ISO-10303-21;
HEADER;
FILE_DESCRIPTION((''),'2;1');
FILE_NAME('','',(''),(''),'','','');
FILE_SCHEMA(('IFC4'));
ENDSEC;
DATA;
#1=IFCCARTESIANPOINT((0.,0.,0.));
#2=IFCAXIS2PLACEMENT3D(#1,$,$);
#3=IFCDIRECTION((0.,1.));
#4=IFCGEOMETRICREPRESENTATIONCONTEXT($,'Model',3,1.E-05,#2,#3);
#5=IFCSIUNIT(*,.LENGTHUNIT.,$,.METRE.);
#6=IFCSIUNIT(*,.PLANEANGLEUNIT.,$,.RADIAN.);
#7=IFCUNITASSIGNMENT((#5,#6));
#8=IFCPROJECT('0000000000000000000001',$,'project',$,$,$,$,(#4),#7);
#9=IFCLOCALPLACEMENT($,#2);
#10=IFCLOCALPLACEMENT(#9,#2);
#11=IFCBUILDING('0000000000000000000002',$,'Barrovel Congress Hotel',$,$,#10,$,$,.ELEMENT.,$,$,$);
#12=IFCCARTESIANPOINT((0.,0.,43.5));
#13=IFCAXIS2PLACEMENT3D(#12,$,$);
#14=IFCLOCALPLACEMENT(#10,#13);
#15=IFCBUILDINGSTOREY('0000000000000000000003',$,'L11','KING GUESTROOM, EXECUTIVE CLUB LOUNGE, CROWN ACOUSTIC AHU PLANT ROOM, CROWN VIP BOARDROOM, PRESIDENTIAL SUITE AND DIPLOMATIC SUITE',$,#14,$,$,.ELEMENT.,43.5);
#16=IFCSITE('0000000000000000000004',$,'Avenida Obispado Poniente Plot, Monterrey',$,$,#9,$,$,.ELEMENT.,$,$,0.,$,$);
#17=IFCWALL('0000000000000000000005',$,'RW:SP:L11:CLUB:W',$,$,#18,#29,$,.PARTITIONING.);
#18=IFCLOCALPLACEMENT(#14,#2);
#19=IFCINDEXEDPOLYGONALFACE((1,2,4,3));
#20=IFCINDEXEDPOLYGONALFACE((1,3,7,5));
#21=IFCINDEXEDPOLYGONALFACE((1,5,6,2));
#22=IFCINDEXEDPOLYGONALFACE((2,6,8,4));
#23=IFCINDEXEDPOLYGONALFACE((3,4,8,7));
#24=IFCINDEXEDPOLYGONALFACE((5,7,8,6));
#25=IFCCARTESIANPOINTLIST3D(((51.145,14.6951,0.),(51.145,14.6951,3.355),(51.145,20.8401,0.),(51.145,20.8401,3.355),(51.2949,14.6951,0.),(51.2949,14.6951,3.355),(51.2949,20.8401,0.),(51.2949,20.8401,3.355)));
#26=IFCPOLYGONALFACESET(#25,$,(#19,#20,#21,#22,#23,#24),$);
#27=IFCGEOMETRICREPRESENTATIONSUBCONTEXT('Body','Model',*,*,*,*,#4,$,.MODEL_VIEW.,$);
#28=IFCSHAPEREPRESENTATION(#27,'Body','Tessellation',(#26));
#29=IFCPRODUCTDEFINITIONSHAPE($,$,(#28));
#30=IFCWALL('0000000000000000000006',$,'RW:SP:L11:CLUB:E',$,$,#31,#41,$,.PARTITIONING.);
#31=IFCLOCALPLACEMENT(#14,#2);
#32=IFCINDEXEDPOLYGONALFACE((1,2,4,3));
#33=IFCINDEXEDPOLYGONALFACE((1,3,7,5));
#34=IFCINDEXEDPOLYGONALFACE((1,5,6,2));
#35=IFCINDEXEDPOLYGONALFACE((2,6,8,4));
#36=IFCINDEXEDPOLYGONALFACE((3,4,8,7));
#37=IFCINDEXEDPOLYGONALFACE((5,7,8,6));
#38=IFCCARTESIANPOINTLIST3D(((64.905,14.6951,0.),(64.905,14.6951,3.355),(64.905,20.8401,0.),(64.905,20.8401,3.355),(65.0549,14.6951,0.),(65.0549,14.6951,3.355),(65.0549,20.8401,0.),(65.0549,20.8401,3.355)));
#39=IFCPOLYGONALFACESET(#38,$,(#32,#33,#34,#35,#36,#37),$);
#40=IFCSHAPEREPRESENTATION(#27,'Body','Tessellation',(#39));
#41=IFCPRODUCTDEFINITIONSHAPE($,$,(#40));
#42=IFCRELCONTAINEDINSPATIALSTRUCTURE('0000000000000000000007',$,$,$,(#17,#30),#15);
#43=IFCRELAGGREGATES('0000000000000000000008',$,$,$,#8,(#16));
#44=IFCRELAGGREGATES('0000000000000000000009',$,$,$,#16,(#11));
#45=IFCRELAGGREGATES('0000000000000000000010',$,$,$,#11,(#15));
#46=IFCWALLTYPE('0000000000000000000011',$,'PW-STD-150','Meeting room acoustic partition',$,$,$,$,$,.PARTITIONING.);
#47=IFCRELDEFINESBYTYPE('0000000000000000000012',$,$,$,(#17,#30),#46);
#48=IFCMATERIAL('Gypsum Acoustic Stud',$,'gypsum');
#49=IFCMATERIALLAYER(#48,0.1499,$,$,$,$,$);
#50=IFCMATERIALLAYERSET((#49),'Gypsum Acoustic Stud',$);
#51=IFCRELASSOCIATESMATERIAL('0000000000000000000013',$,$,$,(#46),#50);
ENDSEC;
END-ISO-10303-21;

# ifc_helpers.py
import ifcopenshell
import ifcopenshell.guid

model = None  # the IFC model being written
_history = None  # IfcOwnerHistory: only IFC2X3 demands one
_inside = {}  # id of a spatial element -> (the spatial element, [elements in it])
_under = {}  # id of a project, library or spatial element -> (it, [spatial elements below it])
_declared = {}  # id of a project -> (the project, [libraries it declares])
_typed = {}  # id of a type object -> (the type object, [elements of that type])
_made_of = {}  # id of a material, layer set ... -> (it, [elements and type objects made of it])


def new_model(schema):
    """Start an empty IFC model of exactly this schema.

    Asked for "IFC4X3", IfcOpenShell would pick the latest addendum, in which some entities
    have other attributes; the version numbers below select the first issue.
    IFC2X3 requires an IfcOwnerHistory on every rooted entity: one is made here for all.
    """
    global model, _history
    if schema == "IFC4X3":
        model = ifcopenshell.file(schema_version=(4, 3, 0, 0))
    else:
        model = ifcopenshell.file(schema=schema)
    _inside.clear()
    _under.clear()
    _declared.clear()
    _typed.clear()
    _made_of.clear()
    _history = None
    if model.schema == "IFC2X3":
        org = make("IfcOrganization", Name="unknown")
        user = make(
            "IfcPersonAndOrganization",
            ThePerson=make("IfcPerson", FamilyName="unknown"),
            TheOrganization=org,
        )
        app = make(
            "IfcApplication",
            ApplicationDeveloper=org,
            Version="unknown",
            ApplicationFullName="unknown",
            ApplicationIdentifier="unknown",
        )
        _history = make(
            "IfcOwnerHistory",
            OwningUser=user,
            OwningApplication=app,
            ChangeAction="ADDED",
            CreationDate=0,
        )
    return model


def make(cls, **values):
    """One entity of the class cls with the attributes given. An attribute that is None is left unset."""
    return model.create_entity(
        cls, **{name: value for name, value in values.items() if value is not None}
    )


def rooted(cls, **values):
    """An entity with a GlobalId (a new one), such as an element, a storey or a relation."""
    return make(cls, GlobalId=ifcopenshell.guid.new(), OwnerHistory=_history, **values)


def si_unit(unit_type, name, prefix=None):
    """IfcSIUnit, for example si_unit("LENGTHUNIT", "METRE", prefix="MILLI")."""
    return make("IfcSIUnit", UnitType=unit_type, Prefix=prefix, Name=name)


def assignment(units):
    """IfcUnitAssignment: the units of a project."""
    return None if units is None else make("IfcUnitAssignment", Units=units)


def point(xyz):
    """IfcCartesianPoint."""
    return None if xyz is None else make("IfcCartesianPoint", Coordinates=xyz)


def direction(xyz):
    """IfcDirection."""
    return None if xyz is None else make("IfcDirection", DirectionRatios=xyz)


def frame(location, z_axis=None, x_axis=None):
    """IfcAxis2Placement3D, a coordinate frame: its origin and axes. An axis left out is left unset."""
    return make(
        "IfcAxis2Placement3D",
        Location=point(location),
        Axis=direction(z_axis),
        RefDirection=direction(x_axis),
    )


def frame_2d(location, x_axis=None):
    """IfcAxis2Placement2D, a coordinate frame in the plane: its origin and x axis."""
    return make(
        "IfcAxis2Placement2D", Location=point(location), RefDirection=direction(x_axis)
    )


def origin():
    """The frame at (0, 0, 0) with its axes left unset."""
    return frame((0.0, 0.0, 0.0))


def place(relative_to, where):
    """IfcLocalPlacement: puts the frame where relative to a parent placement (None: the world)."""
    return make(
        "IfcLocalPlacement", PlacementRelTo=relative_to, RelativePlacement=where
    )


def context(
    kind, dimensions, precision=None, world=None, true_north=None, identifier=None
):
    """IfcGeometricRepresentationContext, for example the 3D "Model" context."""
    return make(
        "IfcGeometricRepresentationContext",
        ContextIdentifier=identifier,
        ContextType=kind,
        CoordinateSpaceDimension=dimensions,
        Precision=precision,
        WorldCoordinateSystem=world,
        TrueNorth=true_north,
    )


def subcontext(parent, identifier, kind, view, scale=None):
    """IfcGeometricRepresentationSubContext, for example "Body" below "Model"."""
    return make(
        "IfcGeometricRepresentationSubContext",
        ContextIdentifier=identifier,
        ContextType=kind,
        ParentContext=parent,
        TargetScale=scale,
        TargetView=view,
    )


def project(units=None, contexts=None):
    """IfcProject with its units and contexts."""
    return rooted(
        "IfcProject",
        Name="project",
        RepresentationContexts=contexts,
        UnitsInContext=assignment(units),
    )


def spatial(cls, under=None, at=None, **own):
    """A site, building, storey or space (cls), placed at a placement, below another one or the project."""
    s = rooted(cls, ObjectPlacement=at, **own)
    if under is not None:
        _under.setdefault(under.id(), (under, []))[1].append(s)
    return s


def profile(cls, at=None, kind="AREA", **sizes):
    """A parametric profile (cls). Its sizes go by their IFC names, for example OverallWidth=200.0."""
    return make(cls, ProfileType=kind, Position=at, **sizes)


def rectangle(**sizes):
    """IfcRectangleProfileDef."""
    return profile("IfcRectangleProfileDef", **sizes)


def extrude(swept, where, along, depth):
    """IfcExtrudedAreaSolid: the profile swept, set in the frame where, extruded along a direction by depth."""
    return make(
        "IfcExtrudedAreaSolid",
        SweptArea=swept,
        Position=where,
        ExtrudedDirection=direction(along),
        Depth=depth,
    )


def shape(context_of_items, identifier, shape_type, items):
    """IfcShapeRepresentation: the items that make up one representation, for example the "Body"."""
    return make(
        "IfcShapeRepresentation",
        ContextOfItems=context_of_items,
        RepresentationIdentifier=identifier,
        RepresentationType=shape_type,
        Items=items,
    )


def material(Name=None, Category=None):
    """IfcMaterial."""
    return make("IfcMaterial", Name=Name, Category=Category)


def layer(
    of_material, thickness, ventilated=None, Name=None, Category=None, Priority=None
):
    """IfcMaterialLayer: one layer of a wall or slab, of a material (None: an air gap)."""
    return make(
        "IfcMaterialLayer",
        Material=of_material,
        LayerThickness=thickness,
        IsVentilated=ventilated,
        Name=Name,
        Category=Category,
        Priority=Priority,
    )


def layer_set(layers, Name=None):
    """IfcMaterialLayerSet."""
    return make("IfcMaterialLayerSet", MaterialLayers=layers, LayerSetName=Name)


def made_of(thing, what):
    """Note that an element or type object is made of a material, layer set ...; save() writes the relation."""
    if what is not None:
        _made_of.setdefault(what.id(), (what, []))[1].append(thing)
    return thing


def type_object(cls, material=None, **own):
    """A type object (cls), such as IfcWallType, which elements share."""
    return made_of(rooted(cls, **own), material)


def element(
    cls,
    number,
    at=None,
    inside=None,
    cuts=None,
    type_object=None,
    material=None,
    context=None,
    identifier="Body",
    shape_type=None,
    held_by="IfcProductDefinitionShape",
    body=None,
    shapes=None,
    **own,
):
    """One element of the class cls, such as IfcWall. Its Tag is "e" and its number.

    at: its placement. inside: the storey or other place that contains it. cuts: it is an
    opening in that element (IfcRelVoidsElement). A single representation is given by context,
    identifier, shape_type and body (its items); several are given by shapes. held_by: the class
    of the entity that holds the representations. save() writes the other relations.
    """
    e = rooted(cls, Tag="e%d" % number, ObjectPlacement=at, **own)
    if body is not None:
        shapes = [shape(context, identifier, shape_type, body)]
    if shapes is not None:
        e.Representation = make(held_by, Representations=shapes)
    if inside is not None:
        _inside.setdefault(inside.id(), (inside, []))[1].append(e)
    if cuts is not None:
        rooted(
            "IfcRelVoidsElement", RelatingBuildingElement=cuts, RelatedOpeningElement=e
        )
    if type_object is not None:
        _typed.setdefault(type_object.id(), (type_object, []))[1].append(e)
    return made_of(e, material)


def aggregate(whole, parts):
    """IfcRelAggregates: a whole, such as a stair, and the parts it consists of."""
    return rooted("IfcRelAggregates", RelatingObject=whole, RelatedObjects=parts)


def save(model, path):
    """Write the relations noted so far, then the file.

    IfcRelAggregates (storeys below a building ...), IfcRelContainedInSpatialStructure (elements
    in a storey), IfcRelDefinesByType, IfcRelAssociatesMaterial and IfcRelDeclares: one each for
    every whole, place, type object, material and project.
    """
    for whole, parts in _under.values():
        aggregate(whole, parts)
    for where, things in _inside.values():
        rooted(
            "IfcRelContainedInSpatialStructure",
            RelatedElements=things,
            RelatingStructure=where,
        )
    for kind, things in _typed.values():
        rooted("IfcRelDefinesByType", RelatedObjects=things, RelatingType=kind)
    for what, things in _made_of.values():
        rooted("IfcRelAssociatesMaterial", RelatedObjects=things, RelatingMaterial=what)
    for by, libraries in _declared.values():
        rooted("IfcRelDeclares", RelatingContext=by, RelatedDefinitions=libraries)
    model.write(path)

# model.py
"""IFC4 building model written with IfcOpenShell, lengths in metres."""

from ifc_helpers import new_model, si_unit, direction, frame, frame_2d, origin, place, context, subcontext, project, spatial, rectangle, extrude, material, layer, layer_set, type_object, element, save


model = new_model("IFC4")

# Units and contexts
model_context = context("Model", 3, precision=1e-05, world=origin(), true_north=direction((0.0, 1.0)))
body_context = subcontext(model_context, "Body", "Model", "MODEL_VIEW")
ifc_project = project(units=[si_unit("LENGTHUNIT", "METRE"), si_unit("PLANEANGLEUNIT", "RADIAN")], contexts=[model_context])

# Site, building, storey
site_placement = place(None, origin())
site = spatial("IfcSite", under=ifc_project, at=site_placement, Name="Avenida Obispado Poniente Plot, Monterrey", CompositionType="ELEMENT", RefElevation=0.0)
building_placement = place(site_placement, origin())
building = spatial("IfcBuilding", under=site, at=building_placement, Name="Barrovel Congress Hotel", CompositionType="ELEMENT")
storey_placement = place(building_placement, frame((0.0, 0.0, 43.5)))
storey = spatial("IfcBuildingStorey", under=building, at=storey_placement, Name="L11", Description="KING GUESTROOM, EXECUTIVE CLUB LOUNGE, CROWN ACOUSTIC AHU PLANT ROOM, CROWN VIP BOARDROOM, PRESIDENTIAL SUITE AND DIPLOMATIC SUITE", CompositionType="ELEMENT", Elevation=43.5)

# Shared definitions
ifc_material_1 = material(Name="Gypsum Acoustic Stud", Category="gypsum")

# Shared definitions
ifc_layer_1 = layer(ifc_material_1, 0.1499)
ifc_layer_set_1 = layer_set([ifc_layer_1], Name="Gypsum Acoustic Stud")
wall_type_1 = type_object("IfcWallType", Name="PW-STD-150", Description="Meeting room acoustic partition", PredefinedType="PARTITIONING", material=ifc_layer_set_1)

# Walls
for number, where, z_axis, x_axis, name in (
    (1, (51.22, 14.6951, 0.0), (0.0, 0.0, 1.0), (0.0, 1.0, 0.0), "RW:SP:L11:CLUB:W"),
    (2, (64.98, 14.6951, 0.0), (0.0, 0.0, 1.0), (0.0, 1.0, 0.0), "RW:SP:L11:CLUB:E"),
):
    element("IfcWall", number, at=place(storey_placement, frame(where, z_axis=z_axis, x_axis=x_axis)), inside=storey, type_object=wall_type_1, Name=name, PredefinedType="PARTITIONING", context=body_context, shape_type="SweptSolid", body=[
        extrude(rectangle(XDim=6.145, YDim=0.1499, at=frame_2d((3.0725, 0.0))), origin(), (0.0, 0.0, 1.0), 3.355),
    ])

save(model, "model.ifc")
